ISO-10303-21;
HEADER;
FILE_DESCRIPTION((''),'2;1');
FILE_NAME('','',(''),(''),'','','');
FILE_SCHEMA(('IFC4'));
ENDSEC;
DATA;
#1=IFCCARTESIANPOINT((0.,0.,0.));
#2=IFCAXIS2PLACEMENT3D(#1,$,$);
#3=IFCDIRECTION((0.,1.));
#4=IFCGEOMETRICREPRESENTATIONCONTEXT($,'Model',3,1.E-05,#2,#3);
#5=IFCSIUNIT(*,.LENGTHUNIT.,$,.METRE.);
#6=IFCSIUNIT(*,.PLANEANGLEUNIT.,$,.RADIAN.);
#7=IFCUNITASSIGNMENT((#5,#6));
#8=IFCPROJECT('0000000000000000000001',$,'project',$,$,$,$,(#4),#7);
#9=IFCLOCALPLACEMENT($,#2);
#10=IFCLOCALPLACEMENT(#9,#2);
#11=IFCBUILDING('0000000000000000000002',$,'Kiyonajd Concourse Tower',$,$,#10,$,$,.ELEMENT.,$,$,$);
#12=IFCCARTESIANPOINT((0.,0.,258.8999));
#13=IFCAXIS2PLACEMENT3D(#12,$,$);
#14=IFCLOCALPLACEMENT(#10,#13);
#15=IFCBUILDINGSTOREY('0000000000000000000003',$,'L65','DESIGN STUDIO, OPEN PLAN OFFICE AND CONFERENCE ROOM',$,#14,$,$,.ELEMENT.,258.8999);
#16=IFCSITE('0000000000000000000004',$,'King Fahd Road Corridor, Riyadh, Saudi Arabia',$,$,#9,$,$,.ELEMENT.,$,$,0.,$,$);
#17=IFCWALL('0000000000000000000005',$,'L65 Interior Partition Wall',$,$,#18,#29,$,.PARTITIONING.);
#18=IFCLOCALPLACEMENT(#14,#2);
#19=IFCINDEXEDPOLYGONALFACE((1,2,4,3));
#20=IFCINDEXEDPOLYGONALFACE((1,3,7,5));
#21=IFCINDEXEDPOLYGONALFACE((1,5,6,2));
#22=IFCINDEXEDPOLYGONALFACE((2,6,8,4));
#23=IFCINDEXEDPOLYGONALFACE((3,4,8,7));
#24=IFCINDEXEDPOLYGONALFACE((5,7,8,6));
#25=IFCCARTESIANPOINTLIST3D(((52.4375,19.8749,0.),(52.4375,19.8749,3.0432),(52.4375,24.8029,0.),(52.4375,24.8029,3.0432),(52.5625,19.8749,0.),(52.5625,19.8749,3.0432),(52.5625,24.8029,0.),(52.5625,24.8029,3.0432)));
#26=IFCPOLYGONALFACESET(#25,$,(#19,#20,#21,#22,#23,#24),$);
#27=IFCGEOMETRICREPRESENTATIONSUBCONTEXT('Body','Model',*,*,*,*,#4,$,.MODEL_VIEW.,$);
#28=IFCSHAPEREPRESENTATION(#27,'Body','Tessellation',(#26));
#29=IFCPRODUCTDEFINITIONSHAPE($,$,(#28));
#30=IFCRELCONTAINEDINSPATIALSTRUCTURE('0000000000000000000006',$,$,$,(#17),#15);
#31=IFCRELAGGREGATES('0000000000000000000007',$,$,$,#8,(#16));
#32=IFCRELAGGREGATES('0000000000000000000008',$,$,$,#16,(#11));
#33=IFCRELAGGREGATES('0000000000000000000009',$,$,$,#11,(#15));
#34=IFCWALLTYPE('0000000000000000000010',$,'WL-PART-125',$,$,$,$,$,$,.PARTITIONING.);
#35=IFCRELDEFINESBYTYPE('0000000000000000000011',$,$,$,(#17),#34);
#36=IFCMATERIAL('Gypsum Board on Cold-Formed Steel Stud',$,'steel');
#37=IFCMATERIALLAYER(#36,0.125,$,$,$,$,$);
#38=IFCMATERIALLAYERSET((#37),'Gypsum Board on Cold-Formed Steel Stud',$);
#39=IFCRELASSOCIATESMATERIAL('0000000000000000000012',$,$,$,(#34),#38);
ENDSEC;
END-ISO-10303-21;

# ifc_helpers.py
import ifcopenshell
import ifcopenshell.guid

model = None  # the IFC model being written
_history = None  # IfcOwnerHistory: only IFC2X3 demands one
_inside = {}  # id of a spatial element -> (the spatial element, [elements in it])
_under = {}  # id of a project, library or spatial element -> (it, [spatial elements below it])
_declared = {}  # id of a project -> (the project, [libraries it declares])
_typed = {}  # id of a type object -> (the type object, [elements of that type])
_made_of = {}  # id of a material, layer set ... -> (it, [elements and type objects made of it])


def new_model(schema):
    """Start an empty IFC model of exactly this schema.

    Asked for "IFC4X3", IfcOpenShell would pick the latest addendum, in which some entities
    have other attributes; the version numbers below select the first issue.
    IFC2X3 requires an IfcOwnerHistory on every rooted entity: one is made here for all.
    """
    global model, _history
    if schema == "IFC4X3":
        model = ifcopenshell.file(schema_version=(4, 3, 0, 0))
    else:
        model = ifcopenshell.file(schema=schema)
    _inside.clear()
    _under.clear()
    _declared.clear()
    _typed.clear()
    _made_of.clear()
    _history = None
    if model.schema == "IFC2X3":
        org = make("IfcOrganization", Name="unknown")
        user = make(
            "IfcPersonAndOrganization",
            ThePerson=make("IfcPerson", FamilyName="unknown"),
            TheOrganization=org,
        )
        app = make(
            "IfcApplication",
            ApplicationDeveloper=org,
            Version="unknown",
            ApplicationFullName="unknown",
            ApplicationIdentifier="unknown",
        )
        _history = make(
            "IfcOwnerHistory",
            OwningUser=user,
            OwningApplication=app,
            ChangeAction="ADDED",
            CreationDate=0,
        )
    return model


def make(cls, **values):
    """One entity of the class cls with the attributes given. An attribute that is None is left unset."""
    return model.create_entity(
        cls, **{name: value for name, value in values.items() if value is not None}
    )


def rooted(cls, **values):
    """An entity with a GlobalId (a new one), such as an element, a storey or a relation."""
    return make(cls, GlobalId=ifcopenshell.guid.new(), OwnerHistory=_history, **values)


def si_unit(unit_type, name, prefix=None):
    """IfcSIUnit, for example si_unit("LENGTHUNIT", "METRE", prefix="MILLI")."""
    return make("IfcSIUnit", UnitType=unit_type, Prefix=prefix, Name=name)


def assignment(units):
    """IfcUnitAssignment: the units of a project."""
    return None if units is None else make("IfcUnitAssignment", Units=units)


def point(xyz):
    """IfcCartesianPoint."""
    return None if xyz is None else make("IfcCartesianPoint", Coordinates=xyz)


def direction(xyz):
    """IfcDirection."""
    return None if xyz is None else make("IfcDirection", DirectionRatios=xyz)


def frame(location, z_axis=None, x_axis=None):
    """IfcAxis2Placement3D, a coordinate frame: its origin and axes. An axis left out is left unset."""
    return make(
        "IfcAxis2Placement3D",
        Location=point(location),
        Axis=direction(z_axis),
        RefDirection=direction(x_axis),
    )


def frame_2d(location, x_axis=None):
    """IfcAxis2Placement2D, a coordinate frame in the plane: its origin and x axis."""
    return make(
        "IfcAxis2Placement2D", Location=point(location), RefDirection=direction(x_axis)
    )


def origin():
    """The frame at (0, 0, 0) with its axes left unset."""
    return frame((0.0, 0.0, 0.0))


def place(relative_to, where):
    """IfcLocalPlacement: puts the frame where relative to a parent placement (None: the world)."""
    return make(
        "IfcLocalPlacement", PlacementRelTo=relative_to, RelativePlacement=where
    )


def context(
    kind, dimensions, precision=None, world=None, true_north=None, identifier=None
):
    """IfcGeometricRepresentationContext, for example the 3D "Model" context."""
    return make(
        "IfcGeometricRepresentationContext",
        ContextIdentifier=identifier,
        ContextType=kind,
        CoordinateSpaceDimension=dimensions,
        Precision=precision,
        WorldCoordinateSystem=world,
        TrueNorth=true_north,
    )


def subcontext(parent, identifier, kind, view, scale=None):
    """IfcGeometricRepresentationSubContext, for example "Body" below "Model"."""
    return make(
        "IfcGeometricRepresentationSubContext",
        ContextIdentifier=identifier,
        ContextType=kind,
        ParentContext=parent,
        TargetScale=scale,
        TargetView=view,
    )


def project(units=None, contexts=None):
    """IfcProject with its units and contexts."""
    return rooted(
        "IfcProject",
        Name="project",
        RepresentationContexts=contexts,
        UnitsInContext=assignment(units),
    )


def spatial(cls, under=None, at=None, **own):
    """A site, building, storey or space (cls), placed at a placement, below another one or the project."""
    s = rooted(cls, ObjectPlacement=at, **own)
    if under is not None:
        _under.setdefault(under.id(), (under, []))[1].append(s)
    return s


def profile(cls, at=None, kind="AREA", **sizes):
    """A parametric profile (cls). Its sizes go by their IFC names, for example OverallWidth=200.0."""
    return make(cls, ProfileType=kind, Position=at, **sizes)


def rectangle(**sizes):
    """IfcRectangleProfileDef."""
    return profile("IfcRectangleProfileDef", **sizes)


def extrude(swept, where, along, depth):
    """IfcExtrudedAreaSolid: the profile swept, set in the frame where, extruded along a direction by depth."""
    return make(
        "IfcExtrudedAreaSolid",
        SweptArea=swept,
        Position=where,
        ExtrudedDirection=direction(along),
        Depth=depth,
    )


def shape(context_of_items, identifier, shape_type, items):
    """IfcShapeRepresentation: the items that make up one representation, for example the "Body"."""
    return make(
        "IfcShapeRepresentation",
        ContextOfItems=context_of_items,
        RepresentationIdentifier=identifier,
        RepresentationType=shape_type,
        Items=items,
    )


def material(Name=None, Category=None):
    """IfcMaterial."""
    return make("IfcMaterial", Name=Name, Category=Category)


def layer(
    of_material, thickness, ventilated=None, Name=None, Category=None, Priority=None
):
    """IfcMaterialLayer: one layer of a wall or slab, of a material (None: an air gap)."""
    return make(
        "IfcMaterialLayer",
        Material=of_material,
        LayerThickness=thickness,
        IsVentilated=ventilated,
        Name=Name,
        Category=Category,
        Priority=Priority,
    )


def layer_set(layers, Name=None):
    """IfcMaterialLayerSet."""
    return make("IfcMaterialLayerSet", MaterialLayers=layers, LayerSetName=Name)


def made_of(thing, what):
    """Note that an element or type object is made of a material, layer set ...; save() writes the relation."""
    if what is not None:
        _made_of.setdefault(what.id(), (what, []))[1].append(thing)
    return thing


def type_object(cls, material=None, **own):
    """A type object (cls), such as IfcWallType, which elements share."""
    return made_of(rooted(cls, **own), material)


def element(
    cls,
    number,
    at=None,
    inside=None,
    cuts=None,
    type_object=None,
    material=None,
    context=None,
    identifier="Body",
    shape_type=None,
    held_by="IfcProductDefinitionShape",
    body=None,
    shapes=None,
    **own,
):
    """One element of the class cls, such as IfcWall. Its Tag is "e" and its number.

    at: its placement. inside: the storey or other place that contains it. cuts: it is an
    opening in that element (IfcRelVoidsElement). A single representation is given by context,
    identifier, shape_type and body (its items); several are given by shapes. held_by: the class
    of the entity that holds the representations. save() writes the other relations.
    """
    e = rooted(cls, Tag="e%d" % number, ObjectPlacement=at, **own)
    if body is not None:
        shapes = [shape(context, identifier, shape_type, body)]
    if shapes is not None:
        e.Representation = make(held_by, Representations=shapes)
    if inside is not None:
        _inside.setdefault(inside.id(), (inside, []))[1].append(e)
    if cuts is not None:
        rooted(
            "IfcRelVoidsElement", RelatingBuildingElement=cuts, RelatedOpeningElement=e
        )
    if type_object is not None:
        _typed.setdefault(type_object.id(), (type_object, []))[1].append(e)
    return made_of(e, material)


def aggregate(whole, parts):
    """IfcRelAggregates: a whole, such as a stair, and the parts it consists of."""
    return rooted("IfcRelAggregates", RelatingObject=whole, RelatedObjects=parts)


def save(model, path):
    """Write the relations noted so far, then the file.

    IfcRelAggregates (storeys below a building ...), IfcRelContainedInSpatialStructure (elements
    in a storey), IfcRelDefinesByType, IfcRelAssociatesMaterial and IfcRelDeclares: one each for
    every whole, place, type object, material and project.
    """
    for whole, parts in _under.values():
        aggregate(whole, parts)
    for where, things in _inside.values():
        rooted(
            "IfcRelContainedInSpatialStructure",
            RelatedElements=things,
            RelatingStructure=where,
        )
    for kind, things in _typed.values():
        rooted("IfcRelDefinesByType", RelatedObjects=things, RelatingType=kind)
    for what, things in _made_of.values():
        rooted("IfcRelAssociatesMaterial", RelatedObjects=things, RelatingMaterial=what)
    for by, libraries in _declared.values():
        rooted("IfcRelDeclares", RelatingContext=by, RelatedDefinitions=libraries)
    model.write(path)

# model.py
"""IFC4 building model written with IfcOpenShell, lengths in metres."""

from ifc_helpers import new_model, si_unit, direction, frame, frame_2d, origin, place, context, subcontext, project, spatial, rectangle, extrude, material, layer, layer_set, type_object, element, save


model = new_model("IFC4")

# Units and contexts
model_context = context("Model", 3, precision=1e-05, world=origin(), true_north=direction((0.0, 1.0)))
body_context = subcontext(model_context, "Body", "Model", "MODEL_VIEW")
ifc_project = project(units=[si_unit("LENGTHUNIT", "METRE"), si_unit("PLANEANGLEUNIT", "RADIAN")], contexts=[model_context])

# Site, building, storey
site_placement = place(None, origin())
site = spatial("IfcSite", under=ifc_project, at=site_placement, Name="King Fahd Road Corridor, Riyadh, Saudi Arabia", CompositionType="ELEMENT", RefElevation=0.0)
building_placement = place(site_placement, origin())
building = spatial("IfcBuilding", under=site, at=building_placement, Name="Kiyonajd Concourse Tower", CompositionType="ELEMENT")
storey_placement = place(building_placement, frame((0.0, 0.0, 258.8999)))
storey = spatial("IfcBuildingStorey", under=building, at=storey_placement, Name="L65", Description="DESIGN STUDIO, OPEN PLAN OFFICE AND CONFERENCE ROOM", CompositionType="ELEMENT", Elevation=258.8999)

# Wall
ifc_material_1 = material(Name="Gypsum Board on Cold-Formed Steel Stud", Category="steel")
ifc_layer_1 = layer(ifc_material_1, 0.125)
ifc_layer_set_1 = layer_set([ifc_layer_1], Name="Gypsum Board on Cold-Formed Steel Stud")
wall_type_1 = type_object("IfcWallType", Name="WL-PART-125", PredefinedType="PARTITIONING", material=ifc_layer_set_1)
wall_1_placement = place(storey_placement, frame((52.5, 19.875, 0.0), z_axis=(0.0, 0.0, 1.0), x_axis=(0.0, 1.0, 0.0)))
element("IfcWall", 1, at=wall_1_placement, inside=storey, type_object=wall_type_1, Name="L65 Interior Partition Wall", PredefinedType="PARTITIONING", context=body_context, shape_type="SweptSolid", body=[
    extrude(rectangle(XDim=4.928, YDim=0.125, at=frame_2d((2.4639, 0.0))), origin(), (0.0, 0.0, 1.0), 3.0432),
])

save(model, "model.ifc")
